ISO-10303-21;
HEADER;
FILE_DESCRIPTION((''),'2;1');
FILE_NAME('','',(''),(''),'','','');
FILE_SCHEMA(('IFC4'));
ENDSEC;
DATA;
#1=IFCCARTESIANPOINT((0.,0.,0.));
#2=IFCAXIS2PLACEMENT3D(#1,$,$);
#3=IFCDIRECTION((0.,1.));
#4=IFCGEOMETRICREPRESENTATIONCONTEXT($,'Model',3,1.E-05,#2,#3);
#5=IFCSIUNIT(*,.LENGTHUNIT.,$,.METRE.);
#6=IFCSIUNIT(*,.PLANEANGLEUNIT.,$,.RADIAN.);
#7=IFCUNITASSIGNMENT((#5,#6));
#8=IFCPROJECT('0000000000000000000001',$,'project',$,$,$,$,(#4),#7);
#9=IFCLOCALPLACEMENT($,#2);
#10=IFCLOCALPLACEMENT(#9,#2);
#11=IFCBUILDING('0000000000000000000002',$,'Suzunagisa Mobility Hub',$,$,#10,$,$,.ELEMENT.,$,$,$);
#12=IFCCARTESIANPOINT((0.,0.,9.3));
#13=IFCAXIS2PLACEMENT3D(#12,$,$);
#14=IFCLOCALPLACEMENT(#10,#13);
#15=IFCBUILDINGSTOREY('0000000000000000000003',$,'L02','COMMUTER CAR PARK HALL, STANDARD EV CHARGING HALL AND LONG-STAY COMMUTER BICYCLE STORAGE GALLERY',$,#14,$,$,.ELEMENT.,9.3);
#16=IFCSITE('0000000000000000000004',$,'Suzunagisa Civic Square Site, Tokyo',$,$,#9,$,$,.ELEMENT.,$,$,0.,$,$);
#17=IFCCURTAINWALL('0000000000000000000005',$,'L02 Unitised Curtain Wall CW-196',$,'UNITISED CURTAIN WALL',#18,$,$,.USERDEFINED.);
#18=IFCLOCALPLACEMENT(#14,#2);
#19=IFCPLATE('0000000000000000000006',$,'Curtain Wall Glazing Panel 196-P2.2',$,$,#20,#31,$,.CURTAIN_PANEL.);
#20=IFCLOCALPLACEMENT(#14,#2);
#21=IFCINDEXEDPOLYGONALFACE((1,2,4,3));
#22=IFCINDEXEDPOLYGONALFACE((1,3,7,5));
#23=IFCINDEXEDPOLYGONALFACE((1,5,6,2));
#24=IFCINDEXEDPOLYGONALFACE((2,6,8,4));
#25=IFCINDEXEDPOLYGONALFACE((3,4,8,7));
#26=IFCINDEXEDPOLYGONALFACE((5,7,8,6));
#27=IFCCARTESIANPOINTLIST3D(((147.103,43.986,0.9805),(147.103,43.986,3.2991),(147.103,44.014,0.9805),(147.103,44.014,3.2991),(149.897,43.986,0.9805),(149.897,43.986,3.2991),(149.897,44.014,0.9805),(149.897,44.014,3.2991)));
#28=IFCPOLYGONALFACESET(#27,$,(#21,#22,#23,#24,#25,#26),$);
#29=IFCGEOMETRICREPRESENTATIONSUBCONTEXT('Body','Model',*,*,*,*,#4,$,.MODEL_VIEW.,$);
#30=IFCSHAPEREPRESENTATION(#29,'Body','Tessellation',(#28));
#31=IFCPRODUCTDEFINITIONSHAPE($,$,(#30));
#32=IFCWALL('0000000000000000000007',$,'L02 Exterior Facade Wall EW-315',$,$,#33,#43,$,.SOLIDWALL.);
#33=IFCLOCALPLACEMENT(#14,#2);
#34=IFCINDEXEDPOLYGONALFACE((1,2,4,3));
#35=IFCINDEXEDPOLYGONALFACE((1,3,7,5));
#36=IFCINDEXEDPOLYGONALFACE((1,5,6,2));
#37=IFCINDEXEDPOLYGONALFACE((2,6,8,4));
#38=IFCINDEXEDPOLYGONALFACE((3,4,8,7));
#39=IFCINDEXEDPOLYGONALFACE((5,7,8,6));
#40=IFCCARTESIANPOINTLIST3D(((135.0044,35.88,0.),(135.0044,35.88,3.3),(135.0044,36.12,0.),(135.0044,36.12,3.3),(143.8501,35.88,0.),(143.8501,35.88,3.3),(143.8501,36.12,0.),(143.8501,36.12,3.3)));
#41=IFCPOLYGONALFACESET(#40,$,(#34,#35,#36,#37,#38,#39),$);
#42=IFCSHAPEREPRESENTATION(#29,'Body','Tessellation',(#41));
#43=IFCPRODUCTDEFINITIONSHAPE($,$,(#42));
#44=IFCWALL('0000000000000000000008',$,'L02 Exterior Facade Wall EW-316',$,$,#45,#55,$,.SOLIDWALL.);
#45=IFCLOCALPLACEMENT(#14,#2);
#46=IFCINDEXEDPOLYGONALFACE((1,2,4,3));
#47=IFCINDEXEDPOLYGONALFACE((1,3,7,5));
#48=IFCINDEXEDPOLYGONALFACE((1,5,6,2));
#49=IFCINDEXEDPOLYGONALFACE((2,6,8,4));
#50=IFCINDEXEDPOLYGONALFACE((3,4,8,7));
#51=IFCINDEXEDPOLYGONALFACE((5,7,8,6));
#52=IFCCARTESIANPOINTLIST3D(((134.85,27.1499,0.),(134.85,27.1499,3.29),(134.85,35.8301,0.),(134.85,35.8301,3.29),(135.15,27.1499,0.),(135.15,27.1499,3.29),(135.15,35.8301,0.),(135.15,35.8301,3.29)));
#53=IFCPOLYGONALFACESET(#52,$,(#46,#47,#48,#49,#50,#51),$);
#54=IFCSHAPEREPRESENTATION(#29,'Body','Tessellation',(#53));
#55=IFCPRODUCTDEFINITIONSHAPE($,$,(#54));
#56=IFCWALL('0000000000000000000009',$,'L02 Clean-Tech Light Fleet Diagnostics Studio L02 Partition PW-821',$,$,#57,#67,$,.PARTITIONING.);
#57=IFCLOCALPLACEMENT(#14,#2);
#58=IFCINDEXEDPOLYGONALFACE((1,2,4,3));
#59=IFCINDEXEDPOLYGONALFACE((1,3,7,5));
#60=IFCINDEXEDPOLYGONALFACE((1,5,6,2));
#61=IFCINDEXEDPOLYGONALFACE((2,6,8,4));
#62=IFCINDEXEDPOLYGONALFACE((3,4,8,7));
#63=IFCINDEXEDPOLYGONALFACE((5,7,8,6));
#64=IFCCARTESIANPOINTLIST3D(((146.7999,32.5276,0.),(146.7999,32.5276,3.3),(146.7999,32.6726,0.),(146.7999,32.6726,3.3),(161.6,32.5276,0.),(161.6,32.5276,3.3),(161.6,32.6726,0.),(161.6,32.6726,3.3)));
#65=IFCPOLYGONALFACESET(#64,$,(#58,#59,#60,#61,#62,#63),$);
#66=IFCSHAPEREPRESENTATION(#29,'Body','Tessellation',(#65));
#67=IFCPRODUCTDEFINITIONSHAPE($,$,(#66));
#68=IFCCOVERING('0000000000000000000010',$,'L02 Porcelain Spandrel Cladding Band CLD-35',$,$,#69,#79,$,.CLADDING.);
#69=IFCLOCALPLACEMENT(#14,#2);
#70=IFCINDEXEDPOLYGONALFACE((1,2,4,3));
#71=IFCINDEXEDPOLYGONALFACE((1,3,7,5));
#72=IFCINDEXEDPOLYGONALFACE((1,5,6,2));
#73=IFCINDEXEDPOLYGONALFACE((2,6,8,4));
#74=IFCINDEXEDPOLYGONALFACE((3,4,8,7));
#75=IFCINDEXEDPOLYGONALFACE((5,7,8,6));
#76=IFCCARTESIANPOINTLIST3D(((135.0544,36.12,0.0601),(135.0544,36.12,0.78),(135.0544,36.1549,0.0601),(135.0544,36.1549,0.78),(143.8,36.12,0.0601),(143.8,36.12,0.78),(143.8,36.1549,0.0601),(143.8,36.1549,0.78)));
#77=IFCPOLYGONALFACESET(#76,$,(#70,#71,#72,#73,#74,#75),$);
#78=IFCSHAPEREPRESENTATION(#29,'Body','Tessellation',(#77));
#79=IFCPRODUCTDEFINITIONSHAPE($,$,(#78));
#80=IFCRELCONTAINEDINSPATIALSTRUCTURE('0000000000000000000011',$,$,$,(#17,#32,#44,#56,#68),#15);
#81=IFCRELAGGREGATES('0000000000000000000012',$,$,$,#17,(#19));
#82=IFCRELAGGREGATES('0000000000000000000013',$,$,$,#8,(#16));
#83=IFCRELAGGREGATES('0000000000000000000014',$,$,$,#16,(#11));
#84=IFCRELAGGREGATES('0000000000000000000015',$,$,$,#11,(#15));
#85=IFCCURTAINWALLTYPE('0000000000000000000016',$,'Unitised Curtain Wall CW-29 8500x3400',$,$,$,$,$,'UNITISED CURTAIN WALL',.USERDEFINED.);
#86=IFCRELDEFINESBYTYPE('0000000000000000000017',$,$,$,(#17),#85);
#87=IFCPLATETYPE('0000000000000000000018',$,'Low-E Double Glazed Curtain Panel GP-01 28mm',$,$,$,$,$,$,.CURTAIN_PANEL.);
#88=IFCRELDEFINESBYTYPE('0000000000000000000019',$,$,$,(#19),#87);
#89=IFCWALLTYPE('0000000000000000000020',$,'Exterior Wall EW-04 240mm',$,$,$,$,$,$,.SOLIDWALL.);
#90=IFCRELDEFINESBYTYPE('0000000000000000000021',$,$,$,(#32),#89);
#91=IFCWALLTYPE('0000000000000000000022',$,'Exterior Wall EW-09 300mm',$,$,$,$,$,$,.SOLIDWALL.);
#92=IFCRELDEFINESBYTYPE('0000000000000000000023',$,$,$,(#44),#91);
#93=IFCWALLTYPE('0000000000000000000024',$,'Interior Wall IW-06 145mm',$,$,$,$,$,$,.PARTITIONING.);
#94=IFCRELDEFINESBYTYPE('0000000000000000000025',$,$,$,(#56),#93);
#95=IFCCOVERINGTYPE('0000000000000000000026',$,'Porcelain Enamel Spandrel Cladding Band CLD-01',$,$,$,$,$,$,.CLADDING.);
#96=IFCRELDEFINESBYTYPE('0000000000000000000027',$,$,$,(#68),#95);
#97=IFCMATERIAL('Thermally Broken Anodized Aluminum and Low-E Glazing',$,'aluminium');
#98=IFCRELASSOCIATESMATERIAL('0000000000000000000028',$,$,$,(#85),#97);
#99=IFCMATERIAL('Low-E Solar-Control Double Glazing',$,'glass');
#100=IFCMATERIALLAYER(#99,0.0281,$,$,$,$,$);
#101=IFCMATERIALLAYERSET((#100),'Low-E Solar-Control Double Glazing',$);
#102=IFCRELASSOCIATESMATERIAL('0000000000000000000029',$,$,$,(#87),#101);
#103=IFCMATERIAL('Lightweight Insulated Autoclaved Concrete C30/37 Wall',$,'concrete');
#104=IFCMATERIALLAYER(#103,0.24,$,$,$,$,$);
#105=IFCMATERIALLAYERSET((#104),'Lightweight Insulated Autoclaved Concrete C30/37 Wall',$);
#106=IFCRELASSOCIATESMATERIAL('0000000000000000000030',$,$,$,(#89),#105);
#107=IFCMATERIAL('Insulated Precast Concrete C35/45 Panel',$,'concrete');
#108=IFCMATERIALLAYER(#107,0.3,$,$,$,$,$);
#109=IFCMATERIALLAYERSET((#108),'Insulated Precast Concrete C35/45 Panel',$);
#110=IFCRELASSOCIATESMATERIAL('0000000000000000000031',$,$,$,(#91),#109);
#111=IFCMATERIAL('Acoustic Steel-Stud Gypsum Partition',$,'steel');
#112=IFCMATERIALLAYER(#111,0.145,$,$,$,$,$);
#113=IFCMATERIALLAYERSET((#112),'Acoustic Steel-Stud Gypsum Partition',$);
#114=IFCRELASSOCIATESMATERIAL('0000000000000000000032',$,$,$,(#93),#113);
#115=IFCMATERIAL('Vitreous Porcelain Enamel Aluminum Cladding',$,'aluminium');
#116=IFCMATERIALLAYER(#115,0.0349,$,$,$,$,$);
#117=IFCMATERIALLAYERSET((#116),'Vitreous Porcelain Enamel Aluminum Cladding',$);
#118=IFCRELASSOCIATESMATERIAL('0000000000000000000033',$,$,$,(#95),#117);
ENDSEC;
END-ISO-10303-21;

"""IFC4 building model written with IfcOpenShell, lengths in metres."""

from ifc_helpers import new_model, si_unit, direction, frame, frame_2d, origin, origin_2d, place, context, subcontext, project, spatial, rectangle, extrude, material, layer, layer_set, type_object, element, aggregate, save


model = new_model("IFC4")

# Units and contexts
model_context = context("Model", 3, precision=1e-05, world=origin(), true_north=direction((0.0, 1.0)))
body_context = subcontext(model_context, "Body", "Model", "MODEL_VIEW")
ifc_project = project(units=[si_unit("LENGTHUNIT", "METRE"), si_unit("PLANEANGLEUNIT", "RADIAN")], contexts=[model_context])

# Site, building, storey
site_placement = place(None, origin())
site = spatial("IfcSite", under=ifc_project, at=site_placement, Name="Suzunagisa Civic Square Site, Tokyo", CompositionType="ELEMENT", RefElevation=0.0)
building_placement = place(site_placement, origin())
building = spatial("IfcBuilding", under=site, at=building_placement, Name="Suzunagisa Mobility Hub", CompositionType="ELEMENT")
storey_placement = place(building_placement, frame((0.0, 0.0, 9.3)))
storey = spatial("IfcBuildingStorey", under=building, at=storey_placement, Name="L02", Description="COMMUTER CAR PARK HALL, STANDARD EV CHARGING HALL AND LONG-STAY COMMUTER BICYCLE STORAGE GALLERY", CompositionType="ELEMENT", Elevation=9.3)

# Curtain wall
ifc_material_1 = material(Name="Thermally Broken Anodized Aluminum and Low-E Glazing", Category="aluminium")
curtain_wall_type_1 = type_object("IfcCurtainWallType", Name="Unitised Curtain Wall CW-29 8500x3400", ElementType="UNITISED CURTAIN WALL", PredefinedType="USERDEFINED", material=ifc_material_1)
curtain_wall_1_placement = place(storey_placement, origin())
curtain_wall_1 = element("IfcCurtainWall", 1, at=curtain_wall_1_placement, inside=storey, type_object=curtain_wall_type_1, Name="L02 Unitised Curtain Wall CW-196", ObjectType="UNITISED CURTAIN WALL", PredefinedType="USERDEFINED")

# Plate
ifc_material_2 = material(Name="Low-E Solar-Control Double Glazing", Category="glass")
ifc_layer_1 = layer(ifc_material_2, 0.0281)
ifc_layer_set_1 = layer_set([ifc_layer_1], Name="Low-E Solar-Control Double Glazing")
plate_type = type_object("IfcPlateType", Name="Low-E Double Glazed Curtain Panel GP-01 28mm", PredefinedType="CURTAIN_PANEL", material=ifc_layer_set_1)
plate_1_placement = place(storey_placement, frame((148.5, 44.0, 0.9805), z_axis=(0.0, 0.0, 1.0), x_axis=(1.0, 0.0, 0.0)))
plate_1 = element("IfcPlate", 2, at=plate_1_placement, type_object=plate_type, Name="Curtain Wall Glazing Panel 196-P2.2", PredefinedType="CURTAIN_PANEL", context=body_context, shape_type="SweptSolid", body=[
    extrude(rectangle(XDim=2.7939, YDim=0.0281, at=origin_2d()), origin(), (0.0, 0.0, 1.0), 2.3186),
])
aggregate(curtain_wall_1, [plate_1])

# Walls
ifc_material_3 = material(Name="Lightweight Insulated Autoclaved Concrete C30/37 Wall", Category="concrete")
ifc_layer_2 = layer(ifc_material_3, 0.24)
ifc_layer_set_2 = layer_set([ifc_layer_2], Name="Lightweight Insulated Autoclaved Concrete C30/37 Wall")
wall_type_1 = type_object("IfcWallType", Name="Exterior Wall EW-04 240mm", PredefinedType="SOLIDWALL", material=ifc_layer_set_2)
wall_1_placement = place(storey_placement, frame((143.8501, 36.0, 0.0), z_axis=(0.0, 0.0, 1.0), x_axis=(-1.0, 0.0, 0.0)))
element("IfcWall", 3, at=wall_1_placement, inside=storey, type_object=wall_type_1, Name="L02 Exterior Facade Wall EW-315", PredefinedType="SOLIDWALL", context=body_context, shape_type="SweptSolid", body=[
    extrude(rectangle(XDim=8.8457, YDim=0.24, at=frame_2d((4.4229, 0.0))), origin(), (0.0, 0.0, 1.0), 3.3),
])
ifc_material_4 = material(Name="Insulated Precast Concrete C35/45 Panel", Category="concrete")
ifc_layer_3 = layer(ifc_material_4, 0.3)
ifc_layer_set_3 = layer_set([ifc_layer_3], Name="Insulated Precast Concrete C35/45 Panel")
wall_type_2 = type_object("IfcWallType", Name="Exterior Wall EW-09 300mm", PredefinedType="SOLIDWALL", material=ifc_layer_set_3)
wall_2_placement = place(storey_placement, frame((135.0, 35.8301, 0.0), z_axis=(0.0, 0.0, 1.0), x_axis=(0.0, -1.0, 0.0)))
element("IfcWall", 4, at=wall_2_placement, inside=storey, type_object=wall_type_2, Name="L02 Exterior Facade Wall EW-316", PredefinedType="SOLIDWALL", context=body_context, shape_type="SweptSolid", body=[
    extrude(rectangle(XDim=8.6802, YDim=0.3, at=frame_2d((4.3401, 0.0))), origin(), (0.0, 0.0, 1.0), 3.29),
])
ifc_material_5 = material(Name="Acoustic Steel-Stud Gypsum Partition", Category="steel")
ifc_layer_4 = layer(ifc_material_5, 0.145)
ifc_layer_set_4 = layer_set([ifc_layer_4], Name="Acoustic Steel-Stud Gypsum Partition")
wall_type_3 = type_object("IfcWallType", Name="Interior Wall IW-06 145mm", PredefinedType="PARTITIONING", material=ifc_layer_set_4)
wall_3_placement = place(storey_placement, frame((146.8, 32.6001, 0.0), z_axis=(0.0, 0.0, 1.0), x_axis=(1.0, 0.0, 0.0)))
element("IfcWall", 5, at=wall_3_placement, inside=storey, type_object=wall_type_3, Name="L02 Clean-Tech Light Fleet Diagnostics Studio L02 Partition PW-821", PredefinedType="PARTITIONING", context=body_context, shape_type="SweptSolid", body=[
    extrude(rectangle(XDim=14.8, YDim=0.145, at=frame_2d((7.3999, 0.0))), origin(), (0.0, 0.0, 1.0), 3.3),
])

# Covering
ifc_material_6 = material(Name="Vitreous Porcelain Enamel Aluminum Cladding", Category="aluminium")
ifc_layer_5 = layer(ifc_material_6, 0.0349)
ifc_layer_set_5 = layer_set([ifc_layer_5], Name="Vitreous Porcelain Enamel Aluminum Cladding")
covering_type = type_object("IfcCoveringType", Name="Porcelain Enamel Spandrel Cladding Band CLD-01", PredefinedType="CLADDING", material=ifc_layer_set_5)
covering_placement = place(storey_placement, frame((139.4272, 36.1375, 0.0601), z_axis=(0.0, 0.0, 1.0), x_axis=(-1.0, 0.0, 0.0)))
element("IfcCovering", 6, at=covering_placement, inside=storey, type_object=covering_type, Name="L02 Porcelain Spandrel Cladding Band CLD-35", PredefinedType="CLADDING", context=body_context, shape_type="SweptSolid", body=[
    extrude(rectangle(XDim=8.7456, YDim=0.0349, at=origin_2d()), origin(), (0.0, 0.0, 1.0), 0.72),
])

save(model, "model.ifc")
